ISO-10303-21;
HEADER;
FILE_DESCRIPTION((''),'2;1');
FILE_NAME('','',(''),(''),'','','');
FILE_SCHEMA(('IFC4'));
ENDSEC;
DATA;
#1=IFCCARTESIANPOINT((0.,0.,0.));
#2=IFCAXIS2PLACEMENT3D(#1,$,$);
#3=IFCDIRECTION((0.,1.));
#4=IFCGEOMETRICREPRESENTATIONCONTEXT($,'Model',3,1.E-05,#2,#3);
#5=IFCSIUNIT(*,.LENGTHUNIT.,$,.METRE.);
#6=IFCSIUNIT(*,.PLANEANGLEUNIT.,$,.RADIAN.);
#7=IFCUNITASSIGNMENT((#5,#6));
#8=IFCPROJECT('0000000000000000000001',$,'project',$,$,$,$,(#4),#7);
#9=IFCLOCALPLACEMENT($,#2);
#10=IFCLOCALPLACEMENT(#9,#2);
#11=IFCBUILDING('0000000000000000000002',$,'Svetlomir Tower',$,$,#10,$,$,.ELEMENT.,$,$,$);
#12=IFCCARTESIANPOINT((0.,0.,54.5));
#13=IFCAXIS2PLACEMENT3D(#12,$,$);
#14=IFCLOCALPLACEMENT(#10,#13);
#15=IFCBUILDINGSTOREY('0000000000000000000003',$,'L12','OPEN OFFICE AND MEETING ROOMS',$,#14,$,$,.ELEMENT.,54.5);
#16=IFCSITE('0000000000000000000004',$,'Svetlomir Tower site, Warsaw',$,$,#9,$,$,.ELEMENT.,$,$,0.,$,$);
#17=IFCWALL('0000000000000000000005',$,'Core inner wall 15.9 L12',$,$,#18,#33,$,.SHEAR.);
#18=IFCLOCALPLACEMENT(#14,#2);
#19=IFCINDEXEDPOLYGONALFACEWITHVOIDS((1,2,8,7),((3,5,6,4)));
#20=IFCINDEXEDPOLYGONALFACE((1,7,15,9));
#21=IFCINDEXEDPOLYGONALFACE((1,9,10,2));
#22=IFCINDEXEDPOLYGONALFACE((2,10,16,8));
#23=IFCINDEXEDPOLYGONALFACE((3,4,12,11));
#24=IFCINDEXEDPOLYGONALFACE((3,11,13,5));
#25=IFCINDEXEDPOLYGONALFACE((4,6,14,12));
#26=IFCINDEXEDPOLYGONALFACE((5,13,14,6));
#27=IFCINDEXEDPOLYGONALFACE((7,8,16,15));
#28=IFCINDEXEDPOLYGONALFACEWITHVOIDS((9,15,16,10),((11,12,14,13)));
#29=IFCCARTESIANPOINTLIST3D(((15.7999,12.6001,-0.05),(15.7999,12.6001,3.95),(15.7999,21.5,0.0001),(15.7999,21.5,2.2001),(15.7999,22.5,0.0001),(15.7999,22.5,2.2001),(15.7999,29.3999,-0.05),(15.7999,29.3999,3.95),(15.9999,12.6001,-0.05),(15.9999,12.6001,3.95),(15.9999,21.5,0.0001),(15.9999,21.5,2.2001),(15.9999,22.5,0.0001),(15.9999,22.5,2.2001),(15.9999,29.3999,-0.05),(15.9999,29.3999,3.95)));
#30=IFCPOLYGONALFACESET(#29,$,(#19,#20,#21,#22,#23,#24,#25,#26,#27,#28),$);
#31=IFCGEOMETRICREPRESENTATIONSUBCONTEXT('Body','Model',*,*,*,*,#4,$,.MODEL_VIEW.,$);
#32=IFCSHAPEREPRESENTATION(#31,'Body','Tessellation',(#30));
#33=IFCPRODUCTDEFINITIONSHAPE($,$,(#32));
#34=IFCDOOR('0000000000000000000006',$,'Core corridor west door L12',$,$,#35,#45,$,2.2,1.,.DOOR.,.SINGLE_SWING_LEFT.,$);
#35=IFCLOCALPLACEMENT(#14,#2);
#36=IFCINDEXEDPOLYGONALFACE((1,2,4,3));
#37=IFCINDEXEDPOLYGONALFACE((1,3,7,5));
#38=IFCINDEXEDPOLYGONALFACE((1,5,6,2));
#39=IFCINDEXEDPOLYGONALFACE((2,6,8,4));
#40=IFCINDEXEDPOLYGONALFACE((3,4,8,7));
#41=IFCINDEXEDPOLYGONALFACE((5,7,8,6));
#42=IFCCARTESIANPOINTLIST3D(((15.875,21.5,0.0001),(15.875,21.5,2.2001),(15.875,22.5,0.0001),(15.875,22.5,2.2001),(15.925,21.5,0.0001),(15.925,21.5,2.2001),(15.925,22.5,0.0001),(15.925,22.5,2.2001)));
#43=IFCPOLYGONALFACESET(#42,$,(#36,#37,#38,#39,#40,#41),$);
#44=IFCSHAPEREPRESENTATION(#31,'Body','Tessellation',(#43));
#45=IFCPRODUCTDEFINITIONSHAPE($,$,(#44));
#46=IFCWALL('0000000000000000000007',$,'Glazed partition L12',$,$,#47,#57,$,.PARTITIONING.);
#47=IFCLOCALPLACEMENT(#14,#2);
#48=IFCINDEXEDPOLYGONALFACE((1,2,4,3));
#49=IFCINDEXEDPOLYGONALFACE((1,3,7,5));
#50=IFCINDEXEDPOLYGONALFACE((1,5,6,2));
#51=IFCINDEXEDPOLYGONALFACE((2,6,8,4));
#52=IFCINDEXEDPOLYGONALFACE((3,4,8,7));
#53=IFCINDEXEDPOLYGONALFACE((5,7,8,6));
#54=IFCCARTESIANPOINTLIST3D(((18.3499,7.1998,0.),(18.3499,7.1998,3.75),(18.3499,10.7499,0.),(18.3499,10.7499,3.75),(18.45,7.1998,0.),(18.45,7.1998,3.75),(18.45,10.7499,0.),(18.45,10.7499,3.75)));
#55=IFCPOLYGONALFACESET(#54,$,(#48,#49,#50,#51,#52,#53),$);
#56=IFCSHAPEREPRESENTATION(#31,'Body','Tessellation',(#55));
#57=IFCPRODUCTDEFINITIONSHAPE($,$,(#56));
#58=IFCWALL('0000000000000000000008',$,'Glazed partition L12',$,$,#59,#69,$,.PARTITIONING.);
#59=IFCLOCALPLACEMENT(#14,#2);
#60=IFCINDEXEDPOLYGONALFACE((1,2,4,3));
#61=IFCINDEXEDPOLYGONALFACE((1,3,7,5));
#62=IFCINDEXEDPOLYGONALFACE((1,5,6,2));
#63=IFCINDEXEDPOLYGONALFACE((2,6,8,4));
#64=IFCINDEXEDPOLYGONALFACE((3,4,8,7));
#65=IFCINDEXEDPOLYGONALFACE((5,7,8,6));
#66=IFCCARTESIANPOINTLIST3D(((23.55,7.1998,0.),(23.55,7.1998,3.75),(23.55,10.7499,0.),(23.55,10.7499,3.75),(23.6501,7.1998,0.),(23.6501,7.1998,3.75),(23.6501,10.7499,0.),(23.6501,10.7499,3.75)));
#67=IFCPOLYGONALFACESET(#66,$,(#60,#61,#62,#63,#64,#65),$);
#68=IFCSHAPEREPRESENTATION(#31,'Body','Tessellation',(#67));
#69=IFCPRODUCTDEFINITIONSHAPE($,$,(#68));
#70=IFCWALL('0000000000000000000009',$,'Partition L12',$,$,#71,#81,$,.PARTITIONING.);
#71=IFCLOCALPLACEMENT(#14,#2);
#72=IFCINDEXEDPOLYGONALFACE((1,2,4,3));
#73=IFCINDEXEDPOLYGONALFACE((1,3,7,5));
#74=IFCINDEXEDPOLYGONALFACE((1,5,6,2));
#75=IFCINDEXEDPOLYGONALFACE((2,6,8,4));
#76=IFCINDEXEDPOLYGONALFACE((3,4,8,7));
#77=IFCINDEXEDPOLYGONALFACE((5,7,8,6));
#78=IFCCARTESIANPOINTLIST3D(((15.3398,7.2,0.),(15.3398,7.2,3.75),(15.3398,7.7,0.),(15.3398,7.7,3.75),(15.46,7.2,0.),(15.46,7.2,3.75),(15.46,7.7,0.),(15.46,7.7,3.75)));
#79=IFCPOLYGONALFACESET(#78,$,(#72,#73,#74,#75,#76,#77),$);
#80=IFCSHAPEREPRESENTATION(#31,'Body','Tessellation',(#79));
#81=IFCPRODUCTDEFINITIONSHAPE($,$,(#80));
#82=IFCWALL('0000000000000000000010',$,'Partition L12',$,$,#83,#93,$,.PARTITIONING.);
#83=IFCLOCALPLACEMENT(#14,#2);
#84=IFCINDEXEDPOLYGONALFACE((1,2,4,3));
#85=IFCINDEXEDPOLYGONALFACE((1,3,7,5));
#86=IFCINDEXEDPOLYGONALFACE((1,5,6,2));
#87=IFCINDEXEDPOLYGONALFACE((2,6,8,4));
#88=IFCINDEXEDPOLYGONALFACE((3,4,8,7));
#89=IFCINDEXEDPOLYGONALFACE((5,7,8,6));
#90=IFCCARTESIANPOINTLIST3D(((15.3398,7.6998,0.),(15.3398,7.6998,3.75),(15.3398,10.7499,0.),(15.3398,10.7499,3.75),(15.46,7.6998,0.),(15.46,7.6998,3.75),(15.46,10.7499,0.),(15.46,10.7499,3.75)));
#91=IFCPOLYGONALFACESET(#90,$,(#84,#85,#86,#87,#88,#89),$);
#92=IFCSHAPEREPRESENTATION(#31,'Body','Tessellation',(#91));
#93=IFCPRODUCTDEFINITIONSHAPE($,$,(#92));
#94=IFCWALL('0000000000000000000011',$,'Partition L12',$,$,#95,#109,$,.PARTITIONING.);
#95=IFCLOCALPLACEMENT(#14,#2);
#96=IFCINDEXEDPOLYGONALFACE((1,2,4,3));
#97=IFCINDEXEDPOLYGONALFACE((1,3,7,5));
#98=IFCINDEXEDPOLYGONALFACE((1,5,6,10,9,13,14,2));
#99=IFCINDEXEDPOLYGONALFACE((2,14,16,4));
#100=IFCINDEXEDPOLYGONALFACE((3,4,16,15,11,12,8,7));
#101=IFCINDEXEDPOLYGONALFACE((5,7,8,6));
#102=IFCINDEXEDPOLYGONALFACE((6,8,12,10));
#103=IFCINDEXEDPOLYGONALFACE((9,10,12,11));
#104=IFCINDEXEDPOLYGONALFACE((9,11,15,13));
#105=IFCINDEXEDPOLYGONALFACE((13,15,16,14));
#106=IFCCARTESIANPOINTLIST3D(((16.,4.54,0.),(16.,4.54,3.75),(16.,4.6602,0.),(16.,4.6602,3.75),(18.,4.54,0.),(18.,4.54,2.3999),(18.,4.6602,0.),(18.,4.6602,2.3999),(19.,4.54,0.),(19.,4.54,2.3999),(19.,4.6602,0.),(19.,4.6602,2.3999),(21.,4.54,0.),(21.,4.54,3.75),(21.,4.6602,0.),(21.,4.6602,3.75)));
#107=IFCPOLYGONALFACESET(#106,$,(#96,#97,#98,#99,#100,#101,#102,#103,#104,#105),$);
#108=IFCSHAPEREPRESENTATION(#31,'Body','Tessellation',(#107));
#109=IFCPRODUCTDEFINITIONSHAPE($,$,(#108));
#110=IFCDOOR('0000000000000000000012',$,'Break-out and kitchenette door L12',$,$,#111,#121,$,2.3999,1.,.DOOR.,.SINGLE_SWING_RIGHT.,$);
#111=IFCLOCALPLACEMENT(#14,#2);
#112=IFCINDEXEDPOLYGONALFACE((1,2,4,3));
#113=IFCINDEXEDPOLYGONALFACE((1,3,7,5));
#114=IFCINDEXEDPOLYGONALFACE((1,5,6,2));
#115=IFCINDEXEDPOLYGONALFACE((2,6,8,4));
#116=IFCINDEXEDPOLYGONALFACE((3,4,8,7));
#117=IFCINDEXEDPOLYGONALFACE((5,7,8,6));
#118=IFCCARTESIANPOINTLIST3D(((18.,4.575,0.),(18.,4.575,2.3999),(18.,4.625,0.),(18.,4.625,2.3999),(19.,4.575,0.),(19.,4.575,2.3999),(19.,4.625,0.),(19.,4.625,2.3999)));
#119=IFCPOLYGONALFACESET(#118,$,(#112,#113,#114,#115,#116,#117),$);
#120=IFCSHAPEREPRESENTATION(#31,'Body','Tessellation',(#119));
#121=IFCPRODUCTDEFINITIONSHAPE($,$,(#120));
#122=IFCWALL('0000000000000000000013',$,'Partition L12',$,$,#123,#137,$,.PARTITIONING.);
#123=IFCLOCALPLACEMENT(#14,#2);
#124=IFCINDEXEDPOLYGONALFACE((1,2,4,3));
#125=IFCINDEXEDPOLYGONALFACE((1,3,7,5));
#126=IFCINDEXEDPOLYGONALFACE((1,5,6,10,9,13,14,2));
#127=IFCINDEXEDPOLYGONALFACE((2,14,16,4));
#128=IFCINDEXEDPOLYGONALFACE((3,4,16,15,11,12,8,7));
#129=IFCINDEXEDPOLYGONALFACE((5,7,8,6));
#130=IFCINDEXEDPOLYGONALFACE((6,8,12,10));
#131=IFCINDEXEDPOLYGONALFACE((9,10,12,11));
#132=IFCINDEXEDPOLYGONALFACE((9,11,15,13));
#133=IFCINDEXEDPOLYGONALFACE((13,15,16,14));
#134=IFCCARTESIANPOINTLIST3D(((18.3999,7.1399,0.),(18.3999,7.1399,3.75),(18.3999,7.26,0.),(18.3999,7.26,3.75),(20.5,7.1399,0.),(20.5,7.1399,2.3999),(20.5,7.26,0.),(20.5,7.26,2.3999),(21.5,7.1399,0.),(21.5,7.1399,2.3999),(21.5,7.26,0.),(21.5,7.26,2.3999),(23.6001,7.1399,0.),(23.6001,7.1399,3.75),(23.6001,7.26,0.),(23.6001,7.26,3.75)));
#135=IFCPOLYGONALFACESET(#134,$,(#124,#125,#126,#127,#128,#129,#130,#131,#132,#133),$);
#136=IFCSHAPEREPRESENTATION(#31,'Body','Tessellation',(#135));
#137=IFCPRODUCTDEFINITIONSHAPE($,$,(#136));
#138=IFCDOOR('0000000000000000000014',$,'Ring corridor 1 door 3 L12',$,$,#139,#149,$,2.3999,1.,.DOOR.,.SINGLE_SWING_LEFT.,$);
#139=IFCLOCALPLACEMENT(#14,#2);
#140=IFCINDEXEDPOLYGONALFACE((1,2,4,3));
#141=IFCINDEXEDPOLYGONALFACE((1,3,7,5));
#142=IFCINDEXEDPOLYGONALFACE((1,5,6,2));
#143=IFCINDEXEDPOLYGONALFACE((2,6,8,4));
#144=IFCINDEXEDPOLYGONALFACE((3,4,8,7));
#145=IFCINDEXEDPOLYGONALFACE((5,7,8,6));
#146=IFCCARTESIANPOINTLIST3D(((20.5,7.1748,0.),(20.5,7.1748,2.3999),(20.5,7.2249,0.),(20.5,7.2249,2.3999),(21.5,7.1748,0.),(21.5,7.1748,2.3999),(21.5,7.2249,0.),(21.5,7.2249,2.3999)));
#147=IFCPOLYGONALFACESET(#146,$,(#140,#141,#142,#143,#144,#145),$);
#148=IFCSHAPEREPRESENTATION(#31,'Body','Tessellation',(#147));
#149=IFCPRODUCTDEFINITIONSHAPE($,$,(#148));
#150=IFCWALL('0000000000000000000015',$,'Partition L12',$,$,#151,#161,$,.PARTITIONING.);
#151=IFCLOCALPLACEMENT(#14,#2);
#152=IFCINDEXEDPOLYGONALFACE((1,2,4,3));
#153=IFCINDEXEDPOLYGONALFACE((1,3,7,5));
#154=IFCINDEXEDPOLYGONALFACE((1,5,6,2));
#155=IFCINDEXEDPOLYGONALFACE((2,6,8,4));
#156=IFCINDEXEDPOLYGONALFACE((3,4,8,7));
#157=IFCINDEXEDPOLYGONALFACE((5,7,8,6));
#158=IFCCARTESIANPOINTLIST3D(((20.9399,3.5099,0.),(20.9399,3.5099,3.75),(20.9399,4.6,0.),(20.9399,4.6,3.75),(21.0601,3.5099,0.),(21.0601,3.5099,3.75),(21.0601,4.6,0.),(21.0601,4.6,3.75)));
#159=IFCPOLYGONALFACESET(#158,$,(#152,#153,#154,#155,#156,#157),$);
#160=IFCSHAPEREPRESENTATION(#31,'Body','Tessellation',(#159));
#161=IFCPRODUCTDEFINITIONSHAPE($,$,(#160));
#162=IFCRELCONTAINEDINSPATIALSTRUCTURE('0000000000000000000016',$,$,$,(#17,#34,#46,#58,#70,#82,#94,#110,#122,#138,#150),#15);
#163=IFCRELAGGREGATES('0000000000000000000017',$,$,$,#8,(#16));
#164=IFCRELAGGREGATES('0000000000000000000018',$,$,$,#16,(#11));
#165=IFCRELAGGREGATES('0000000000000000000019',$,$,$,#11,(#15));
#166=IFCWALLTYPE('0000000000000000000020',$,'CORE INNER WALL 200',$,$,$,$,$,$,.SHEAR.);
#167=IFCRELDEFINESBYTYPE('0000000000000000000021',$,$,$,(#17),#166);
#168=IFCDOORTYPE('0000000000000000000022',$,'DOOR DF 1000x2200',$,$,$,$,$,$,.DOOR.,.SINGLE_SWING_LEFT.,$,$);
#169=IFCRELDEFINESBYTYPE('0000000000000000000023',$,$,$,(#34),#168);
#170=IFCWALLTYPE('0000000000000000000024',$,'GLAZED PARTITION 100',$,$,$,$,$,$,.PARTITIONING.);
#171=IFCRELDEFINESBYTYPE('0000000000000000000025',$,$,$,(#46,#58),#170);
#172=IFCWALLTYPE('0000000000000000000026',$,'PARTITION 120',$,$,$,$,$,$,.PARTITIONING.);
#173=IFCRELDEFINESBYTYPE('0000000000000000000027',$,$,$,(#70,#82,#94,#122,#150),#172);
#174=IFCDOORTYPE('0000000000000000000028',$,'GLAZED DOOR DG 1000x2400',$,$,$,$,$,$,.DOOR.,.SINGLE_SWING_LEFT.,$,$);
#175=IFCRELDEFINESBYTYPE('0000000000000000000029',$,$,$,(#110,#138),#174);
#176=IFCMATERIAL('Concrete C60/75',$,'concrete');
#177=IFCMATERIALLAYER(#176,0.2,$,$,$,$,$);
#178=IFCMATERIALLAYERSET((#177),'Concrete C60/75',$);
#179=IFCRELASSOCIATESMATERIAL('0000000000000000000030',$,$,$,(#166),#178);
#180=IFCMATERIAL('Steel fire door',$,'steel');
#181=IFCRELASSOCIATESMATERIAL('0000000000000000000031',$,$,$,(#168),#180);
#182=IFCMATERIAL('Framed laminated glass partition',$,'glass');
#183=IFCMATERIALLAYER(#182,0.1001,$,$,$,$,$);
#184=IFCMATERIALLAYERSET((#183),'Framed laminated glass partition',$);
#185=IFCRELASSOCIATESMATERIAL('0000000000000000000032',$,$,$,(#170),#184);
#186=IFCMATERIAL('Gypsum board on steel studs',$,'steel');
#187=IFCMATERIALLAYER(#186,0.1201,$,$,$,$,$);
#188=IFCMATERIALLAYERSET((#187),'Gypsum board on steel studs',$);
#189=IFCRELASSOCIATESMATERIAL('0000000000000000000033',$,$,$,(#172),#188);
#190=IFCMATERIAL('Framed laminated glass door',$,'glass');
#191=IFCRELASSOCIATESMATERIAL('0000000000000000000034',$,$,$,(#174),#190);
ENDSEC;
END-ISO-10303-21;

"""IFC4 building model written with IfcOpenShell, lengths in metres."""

from ifc_helpers import new_model, si_unit, direction, frame, frame_2d, origin, place, context, subcontext, project, spatial, rectangle, extrude, material, layer, layer_set, type_object, element, fill, save


model = new_model("IFC4")

# Units and contexts
model_context = context("Model", 3, precision=1e-05, world=origin(), true_north=direction((0.0, 1.0)))
body_context = subcontext(model_context, "Body", "Model", "MODEL_VIEW")
ifc_project = project(units=[si_unit("LENGTHUNIT", "METRE"), si_unit("PLANEANGLEUNIT", "RADIAN")], contexts=[model_context])

# Site, building, storey
site_placement = place(None, origin())
site = spatial("IfcSite", under=ifc_project, at=site_placement, Name="Svetlomir Tower site, Warsaw", CompositionType="ELEMENT", RefElevation=0.0)
building_placement = place(site_placement, origin())
building = spatial("IfcBuilding", under=site, at=building_placement, Name="Svetlomir Tower", CompositionType="ELEMENT")
storey_placement = place(building_placement, frame((0.0, 0.0, 54.5)))
storey = spatial("IfcBuildingStorey", under=building, at=storey_placement, Name="L12", Description="OPEN OFFICE AND MEETING ROOMS", CompositionType="ELEMENT", Elevation=54.5)

# Wall, opening, door
ifc_material_1 = material(Name="Concrete C60/75", Category="concrete")
ifc_layer_1 = layer(ifc_material_1, 0.2)
ifc_layer_set_1 = layer_set([ifc_layer_1], Name="Concrete C60/75")
wall_type_1 = type_object("IfcWallType", Name="CORE INNER WALL 200", PredefinedType="SHEAR", material=ifc_layer_set_1)
wall_1_placement = place(storey_placement, frame((15.8999, 12.6001, -0.05), z_axis=(0.0, 0.0, 1.0), x_axis=(0.0, 1.0, 0.0)))
wall_1 = element("IfcWall", 1, at=wall_1_placement, inside=storey, type_object=wall_type_1, Name="Core inner wall 15.9 L12", PredefinedType="SHEAR", context=body_context, shape_type="SweptSolid", body=[
    extrude(rectangle(XDim=16.7998, YDim=0.2, at=frame_2d((8.3999, 0.0))), origin(), (0.0, 0.0, 1.0), 4.0),
])
opening_1_placement = place(wall_1_placement, frame((8.8999, 0.0, 0.05)))
opening_1 = element("IfcOpeningElement", 2, at=opening_1_placement, cuts=wall_1, PredefinedType="OPENING", context=body_context, shape_type="SweptSolid", body=[
    extrude(rectangle(XDim=1.0, YDim=2.2, at=frame_2d((0.5, 1.1001))), frame((0.0, 0.1099, 0.0), z_axis=(0.0, -1.0, 0.0), x_axis=(1.0, 0.0, 0.0)), (0.0, 0.0, 1.0), 0.22),
])
ifc_material_2 = material(Name="Steel fire door", Category="steel")
door_type_1 = type_object("IfcDoorType", Name="DOOR DF 1000x2200", OperationType="SINGLE_SWING_LEFT", PredefinedType="DOOR", material=ifc_material_2)
door_1_placement = place(opening_1_placement, origin())
door_1 = element("IfcDoor", 3, at=door_1_placement, inside=storey, type_object=door_type_1, Name="Core corridor west door L12", OperationType="SINGLE_SWING_LEFT", OverallHeight=2.2, OverallWidth=1.0, PredefinedType="DOOR", context=body_context, shape_type="SweptSolid", body=[
    extrude(rectangle(XDim=1.0, YDim=2.2, at=frame_2d((0.5, 1.1001))), frame((0.0, 0.0249, 0.0), z_axis=(0.0, -1.0, 0.0), x_axis=(1.0, 0.0, 0.0)), (0.0, 0.0, 1.0), 0.05),
])
fill(opening_1, door_1)

# Walls
ifc_material_3 = material(Name="Framed laminated glass partition", Category="glass")
ifc_layer_2 = layer(ifc_material_3, 0.1001)
ifc_layer_set_2 = layer_set([ifc_layer_2], Name="Framed laminated glass partition")
wall_type_2 = type_object("IfcWallType", Name="GLAZED PARTITION 100", PredefinedType="PARTITIONING", material=ifc_layer_set_2)
for number, where, z_axis, x_axis, name in (
    (4, (18.3999, 7.2, 0.0), (0.0, 0.0, 1.0), (0.0, 1.0, 0.0), "Glazed partition L12"),
    (5, (23.6001, 7.2, 0.0), (0.0, 0.0, 1.0), (0.0, 1.0, 0.0), "Glazed partition L12"),
):
    element("IfcWall", number, at=place(storey_placement, frame(where, z_axis=z_axis, x_axis=x_axis)), inside=storey, type_object=wall_type_2, Name=name, PredefinedType="PARTITIONING", context=body_context, shape_type="SweptSolid", body=[
        extrude(rectangle(XDim=3.55, YDim=0.1001, at=frame_2d((1.7749, 0.0))), origin(), (0.0, 0.0, 1.0), 3.75),
    ])
ifc_material_4 = material(Name="Gypsum board on steel studs", Category="steel")
ifc_layer_3 = layer(ifc_material_4, 0.1201)
ifc_layer_set_3 = layer_set([ifc_layer_3], Name="Gypsum board on steel studs")
wall_type_3 = type_object("IfcWallType", Name="PARTITION 120", PredefinedType="PARTITIONING", material=ifc_layer_set_3)
wall_2_placement = place(storey_placement, frame((15.3999, 7.2, 0.0), z_axis=(0.0, 0.0, 1.0), x_axis=(0.0, 1.0, 0.0)))
element("IfcWall", 6, at=wall_2_placement, inside=storey, type_object=wall_type_3, Name="Partition L12", PredefinedType="PARTITIONING", context=body_context, shape_type="SweptSolid", body=[
    extrude(rectangle(XDim=0.5, YDim=0.1201, at=frame_2d((0.25, 0.0))), origin(), (0.0, 0.0, 1.0), 3.75),
])

# Shared definitions
ifc_material_5 = material(Name="Framed laminated glass door", Category="glass")
door_type_2 = type_object("IfcDoorType", Name="GLAZED DOOR DG 1000x2400", OperationType="SINGLE_SWING_LEFT", PredefinedType="DOOR", material=ifc_material_5)

# Wall
wall_3_placement = place(storey_placement, frame((15.3999, 7.7, 0.0), z_axis=(0.0, 0.0, 1.0), x_axis=(0.0, 1.0, 0.0)))
element("IfcWall", 7, at=wall_3_placement, inside=storey, type_object=wall_type_3, Name="Partition L12", PredefinedType="PARTITIONING", context=body_context, shape_type="SweptSolid", body=[
    extrude(rectangle(XDim=3.05, YDim=0.1201, at=frame_2d((1.5249, 0.0))), origin(), (0.0, 0.0, 1.0), 3.75),
])

# Walls, openings, doors
wall_4_placement = place(storey_placement, frame((16.0, 4.6001, 0.0), z_axis=(0.0, 0.0, 1.0), x_axis=(1.0, 0.0, 0.0)))
wall_4 = element("IfcWall", 8, at=wall_4_placement, inside=storey, type_object=wall_type_3, Name="Partition L12", PredefinedType="PARTITIONING", context=body_context, shape_type="SweptSolid", body=[
    extrude(rectangle(XDim=5.0, YDim=0.1201, at=frame_2d((2.5, 0.0))), origin(), (0.0, 0.0, 1.0), 3.75),
])
opening_2_placement = place(wall_4_placement, frame((2.0, 0.0, 0.0)))
opening_2 = element("IfcOpeningElement", 9, at=opening_2_placement, cuts=wall_4, PredefinedType="OPENING", context=body_context, shape_type="SweptSolid", body=[
    extrude(rectangle(XDim=1.0, YDim=2.3999, at=frame_2d((0.5, 1.2))), frame((0.0, 0.0701, 0.0), z_axis=(0.0, -1.0, 0.0), x_axis=(1.0, 0.0, 0.0)), (0.0, 0.0, 1.0), 0.1401),
])
door_2_placement = place(opening_2_placement, origin())
door_2 = element("IfcDoor", 10, at=door_2_placement, inside=storey, type_object=door_type_2, Name="Break-out and kitchenette door L12", OperationType="SINGLE_SWING_RIGHT", OverallHeight=2.3999, OverallWidth=1.0, PredefinedType="DOOR", context=body_context, shape_type="SweptSolid", body=[
    extrude(rectangle(XDim=1.0, YDim=2.3999, at=frame_2d((0.5, 1.2))), frame((0.0, 0.0249, 0.0), z_axis=(0.0, -1.0, 0.0), x_axis=(1.0, 0.0, 0.0)), (0.0, 0.0, 1.0), 0.05),
])
fill(opening_2, door_2)
wall_5_placement = place(storey_placement, frame((18.3999, 7.2, 0.0), z_axis=(0.0, 0.0, 1.0), x_axis=(1.0, 0.0, 0.0)))
wall_5 = element("IfcWall", 11, at=wall_5_placement, inside=storey, type_object=wall_type_3, Name="Partition L12", PredefinedType="PARTITIONING", context=body_context, shape_type="SweptSolid", body=[
    extrude(rectangle(XDim=5.2002, YDim=0.1201, at=frame_2d((2.6001, 0.0))), origin(), (0.0, 0.0, 1.0), 3.75),
])
opening_3_placement = place(wall_5_placement, frame((2.1001, 0.0, 0.0)))
opening_3 = element("IfcOpeningElement", 12, at=opening_3_placement, cuts=wall_5, PredefinedType="OPENING", context=body_context, shape_type="SweptSolid", body=[
    extrude(rectangle(XDim=1.0, YDim=2.3999, at=frame_2d((0.5, 1.2))), frame((0.0, 0.0701, 0.0), z_axis=(0.0, -1.0, 0.0), x_axis=(1.0, 0.0, 0.0)), (0.0, 0.0, 1.0), 0.1401),
])
door_3_placement = place(opening_3_placement, origin())
door_3 = element("IfcDoor", 13, at=door_3_placement, inside=storey, type_object=door_type_2, Name="Ring corridor 1 door 3 L12", OperationType="SINGLE_SWING_LEFT", OverallHeight=2.3999, OverallWidth=1.0, PredefinedType="DOOR", context=body_context, shape_type="SweptSolid", body=[
    extrude(rectangle(XDim=1.0, YDim=2.3999, at=frame_2d((0.5, 1.2))), frame((0.0, 0.0249, 0.0), z_axis=(0.0, -1.0, 0.0), x_axis=(1.0, 0.0, 0.0)), (0.0, 0.0, 1.0), 0.05),
])
fill(opening_3, door_3)

# Wall
wall_6_placement = place(storey_placement, frame((21.0, 3.51, 0.0), z_axis=(0.0, 0.0, 1.0), x_axis=(0.0, 1.0, 0.0)))
element("IfcWall", 14, at=wall_6_placement, inside=storey, type_object=wall_type_3, Name="Partition L12", PredefinedType="PARTITIONING", context=body_context, shape_type="SweptSolid", body=[
    extrude(rectangle(XDim=1.0901, YDim=0.1201, at=frame_2d((0.5449, 0.0))), origin(), (0.0, 0.0, 1.0), 3.75),
])

save(model, "model.ifc")
